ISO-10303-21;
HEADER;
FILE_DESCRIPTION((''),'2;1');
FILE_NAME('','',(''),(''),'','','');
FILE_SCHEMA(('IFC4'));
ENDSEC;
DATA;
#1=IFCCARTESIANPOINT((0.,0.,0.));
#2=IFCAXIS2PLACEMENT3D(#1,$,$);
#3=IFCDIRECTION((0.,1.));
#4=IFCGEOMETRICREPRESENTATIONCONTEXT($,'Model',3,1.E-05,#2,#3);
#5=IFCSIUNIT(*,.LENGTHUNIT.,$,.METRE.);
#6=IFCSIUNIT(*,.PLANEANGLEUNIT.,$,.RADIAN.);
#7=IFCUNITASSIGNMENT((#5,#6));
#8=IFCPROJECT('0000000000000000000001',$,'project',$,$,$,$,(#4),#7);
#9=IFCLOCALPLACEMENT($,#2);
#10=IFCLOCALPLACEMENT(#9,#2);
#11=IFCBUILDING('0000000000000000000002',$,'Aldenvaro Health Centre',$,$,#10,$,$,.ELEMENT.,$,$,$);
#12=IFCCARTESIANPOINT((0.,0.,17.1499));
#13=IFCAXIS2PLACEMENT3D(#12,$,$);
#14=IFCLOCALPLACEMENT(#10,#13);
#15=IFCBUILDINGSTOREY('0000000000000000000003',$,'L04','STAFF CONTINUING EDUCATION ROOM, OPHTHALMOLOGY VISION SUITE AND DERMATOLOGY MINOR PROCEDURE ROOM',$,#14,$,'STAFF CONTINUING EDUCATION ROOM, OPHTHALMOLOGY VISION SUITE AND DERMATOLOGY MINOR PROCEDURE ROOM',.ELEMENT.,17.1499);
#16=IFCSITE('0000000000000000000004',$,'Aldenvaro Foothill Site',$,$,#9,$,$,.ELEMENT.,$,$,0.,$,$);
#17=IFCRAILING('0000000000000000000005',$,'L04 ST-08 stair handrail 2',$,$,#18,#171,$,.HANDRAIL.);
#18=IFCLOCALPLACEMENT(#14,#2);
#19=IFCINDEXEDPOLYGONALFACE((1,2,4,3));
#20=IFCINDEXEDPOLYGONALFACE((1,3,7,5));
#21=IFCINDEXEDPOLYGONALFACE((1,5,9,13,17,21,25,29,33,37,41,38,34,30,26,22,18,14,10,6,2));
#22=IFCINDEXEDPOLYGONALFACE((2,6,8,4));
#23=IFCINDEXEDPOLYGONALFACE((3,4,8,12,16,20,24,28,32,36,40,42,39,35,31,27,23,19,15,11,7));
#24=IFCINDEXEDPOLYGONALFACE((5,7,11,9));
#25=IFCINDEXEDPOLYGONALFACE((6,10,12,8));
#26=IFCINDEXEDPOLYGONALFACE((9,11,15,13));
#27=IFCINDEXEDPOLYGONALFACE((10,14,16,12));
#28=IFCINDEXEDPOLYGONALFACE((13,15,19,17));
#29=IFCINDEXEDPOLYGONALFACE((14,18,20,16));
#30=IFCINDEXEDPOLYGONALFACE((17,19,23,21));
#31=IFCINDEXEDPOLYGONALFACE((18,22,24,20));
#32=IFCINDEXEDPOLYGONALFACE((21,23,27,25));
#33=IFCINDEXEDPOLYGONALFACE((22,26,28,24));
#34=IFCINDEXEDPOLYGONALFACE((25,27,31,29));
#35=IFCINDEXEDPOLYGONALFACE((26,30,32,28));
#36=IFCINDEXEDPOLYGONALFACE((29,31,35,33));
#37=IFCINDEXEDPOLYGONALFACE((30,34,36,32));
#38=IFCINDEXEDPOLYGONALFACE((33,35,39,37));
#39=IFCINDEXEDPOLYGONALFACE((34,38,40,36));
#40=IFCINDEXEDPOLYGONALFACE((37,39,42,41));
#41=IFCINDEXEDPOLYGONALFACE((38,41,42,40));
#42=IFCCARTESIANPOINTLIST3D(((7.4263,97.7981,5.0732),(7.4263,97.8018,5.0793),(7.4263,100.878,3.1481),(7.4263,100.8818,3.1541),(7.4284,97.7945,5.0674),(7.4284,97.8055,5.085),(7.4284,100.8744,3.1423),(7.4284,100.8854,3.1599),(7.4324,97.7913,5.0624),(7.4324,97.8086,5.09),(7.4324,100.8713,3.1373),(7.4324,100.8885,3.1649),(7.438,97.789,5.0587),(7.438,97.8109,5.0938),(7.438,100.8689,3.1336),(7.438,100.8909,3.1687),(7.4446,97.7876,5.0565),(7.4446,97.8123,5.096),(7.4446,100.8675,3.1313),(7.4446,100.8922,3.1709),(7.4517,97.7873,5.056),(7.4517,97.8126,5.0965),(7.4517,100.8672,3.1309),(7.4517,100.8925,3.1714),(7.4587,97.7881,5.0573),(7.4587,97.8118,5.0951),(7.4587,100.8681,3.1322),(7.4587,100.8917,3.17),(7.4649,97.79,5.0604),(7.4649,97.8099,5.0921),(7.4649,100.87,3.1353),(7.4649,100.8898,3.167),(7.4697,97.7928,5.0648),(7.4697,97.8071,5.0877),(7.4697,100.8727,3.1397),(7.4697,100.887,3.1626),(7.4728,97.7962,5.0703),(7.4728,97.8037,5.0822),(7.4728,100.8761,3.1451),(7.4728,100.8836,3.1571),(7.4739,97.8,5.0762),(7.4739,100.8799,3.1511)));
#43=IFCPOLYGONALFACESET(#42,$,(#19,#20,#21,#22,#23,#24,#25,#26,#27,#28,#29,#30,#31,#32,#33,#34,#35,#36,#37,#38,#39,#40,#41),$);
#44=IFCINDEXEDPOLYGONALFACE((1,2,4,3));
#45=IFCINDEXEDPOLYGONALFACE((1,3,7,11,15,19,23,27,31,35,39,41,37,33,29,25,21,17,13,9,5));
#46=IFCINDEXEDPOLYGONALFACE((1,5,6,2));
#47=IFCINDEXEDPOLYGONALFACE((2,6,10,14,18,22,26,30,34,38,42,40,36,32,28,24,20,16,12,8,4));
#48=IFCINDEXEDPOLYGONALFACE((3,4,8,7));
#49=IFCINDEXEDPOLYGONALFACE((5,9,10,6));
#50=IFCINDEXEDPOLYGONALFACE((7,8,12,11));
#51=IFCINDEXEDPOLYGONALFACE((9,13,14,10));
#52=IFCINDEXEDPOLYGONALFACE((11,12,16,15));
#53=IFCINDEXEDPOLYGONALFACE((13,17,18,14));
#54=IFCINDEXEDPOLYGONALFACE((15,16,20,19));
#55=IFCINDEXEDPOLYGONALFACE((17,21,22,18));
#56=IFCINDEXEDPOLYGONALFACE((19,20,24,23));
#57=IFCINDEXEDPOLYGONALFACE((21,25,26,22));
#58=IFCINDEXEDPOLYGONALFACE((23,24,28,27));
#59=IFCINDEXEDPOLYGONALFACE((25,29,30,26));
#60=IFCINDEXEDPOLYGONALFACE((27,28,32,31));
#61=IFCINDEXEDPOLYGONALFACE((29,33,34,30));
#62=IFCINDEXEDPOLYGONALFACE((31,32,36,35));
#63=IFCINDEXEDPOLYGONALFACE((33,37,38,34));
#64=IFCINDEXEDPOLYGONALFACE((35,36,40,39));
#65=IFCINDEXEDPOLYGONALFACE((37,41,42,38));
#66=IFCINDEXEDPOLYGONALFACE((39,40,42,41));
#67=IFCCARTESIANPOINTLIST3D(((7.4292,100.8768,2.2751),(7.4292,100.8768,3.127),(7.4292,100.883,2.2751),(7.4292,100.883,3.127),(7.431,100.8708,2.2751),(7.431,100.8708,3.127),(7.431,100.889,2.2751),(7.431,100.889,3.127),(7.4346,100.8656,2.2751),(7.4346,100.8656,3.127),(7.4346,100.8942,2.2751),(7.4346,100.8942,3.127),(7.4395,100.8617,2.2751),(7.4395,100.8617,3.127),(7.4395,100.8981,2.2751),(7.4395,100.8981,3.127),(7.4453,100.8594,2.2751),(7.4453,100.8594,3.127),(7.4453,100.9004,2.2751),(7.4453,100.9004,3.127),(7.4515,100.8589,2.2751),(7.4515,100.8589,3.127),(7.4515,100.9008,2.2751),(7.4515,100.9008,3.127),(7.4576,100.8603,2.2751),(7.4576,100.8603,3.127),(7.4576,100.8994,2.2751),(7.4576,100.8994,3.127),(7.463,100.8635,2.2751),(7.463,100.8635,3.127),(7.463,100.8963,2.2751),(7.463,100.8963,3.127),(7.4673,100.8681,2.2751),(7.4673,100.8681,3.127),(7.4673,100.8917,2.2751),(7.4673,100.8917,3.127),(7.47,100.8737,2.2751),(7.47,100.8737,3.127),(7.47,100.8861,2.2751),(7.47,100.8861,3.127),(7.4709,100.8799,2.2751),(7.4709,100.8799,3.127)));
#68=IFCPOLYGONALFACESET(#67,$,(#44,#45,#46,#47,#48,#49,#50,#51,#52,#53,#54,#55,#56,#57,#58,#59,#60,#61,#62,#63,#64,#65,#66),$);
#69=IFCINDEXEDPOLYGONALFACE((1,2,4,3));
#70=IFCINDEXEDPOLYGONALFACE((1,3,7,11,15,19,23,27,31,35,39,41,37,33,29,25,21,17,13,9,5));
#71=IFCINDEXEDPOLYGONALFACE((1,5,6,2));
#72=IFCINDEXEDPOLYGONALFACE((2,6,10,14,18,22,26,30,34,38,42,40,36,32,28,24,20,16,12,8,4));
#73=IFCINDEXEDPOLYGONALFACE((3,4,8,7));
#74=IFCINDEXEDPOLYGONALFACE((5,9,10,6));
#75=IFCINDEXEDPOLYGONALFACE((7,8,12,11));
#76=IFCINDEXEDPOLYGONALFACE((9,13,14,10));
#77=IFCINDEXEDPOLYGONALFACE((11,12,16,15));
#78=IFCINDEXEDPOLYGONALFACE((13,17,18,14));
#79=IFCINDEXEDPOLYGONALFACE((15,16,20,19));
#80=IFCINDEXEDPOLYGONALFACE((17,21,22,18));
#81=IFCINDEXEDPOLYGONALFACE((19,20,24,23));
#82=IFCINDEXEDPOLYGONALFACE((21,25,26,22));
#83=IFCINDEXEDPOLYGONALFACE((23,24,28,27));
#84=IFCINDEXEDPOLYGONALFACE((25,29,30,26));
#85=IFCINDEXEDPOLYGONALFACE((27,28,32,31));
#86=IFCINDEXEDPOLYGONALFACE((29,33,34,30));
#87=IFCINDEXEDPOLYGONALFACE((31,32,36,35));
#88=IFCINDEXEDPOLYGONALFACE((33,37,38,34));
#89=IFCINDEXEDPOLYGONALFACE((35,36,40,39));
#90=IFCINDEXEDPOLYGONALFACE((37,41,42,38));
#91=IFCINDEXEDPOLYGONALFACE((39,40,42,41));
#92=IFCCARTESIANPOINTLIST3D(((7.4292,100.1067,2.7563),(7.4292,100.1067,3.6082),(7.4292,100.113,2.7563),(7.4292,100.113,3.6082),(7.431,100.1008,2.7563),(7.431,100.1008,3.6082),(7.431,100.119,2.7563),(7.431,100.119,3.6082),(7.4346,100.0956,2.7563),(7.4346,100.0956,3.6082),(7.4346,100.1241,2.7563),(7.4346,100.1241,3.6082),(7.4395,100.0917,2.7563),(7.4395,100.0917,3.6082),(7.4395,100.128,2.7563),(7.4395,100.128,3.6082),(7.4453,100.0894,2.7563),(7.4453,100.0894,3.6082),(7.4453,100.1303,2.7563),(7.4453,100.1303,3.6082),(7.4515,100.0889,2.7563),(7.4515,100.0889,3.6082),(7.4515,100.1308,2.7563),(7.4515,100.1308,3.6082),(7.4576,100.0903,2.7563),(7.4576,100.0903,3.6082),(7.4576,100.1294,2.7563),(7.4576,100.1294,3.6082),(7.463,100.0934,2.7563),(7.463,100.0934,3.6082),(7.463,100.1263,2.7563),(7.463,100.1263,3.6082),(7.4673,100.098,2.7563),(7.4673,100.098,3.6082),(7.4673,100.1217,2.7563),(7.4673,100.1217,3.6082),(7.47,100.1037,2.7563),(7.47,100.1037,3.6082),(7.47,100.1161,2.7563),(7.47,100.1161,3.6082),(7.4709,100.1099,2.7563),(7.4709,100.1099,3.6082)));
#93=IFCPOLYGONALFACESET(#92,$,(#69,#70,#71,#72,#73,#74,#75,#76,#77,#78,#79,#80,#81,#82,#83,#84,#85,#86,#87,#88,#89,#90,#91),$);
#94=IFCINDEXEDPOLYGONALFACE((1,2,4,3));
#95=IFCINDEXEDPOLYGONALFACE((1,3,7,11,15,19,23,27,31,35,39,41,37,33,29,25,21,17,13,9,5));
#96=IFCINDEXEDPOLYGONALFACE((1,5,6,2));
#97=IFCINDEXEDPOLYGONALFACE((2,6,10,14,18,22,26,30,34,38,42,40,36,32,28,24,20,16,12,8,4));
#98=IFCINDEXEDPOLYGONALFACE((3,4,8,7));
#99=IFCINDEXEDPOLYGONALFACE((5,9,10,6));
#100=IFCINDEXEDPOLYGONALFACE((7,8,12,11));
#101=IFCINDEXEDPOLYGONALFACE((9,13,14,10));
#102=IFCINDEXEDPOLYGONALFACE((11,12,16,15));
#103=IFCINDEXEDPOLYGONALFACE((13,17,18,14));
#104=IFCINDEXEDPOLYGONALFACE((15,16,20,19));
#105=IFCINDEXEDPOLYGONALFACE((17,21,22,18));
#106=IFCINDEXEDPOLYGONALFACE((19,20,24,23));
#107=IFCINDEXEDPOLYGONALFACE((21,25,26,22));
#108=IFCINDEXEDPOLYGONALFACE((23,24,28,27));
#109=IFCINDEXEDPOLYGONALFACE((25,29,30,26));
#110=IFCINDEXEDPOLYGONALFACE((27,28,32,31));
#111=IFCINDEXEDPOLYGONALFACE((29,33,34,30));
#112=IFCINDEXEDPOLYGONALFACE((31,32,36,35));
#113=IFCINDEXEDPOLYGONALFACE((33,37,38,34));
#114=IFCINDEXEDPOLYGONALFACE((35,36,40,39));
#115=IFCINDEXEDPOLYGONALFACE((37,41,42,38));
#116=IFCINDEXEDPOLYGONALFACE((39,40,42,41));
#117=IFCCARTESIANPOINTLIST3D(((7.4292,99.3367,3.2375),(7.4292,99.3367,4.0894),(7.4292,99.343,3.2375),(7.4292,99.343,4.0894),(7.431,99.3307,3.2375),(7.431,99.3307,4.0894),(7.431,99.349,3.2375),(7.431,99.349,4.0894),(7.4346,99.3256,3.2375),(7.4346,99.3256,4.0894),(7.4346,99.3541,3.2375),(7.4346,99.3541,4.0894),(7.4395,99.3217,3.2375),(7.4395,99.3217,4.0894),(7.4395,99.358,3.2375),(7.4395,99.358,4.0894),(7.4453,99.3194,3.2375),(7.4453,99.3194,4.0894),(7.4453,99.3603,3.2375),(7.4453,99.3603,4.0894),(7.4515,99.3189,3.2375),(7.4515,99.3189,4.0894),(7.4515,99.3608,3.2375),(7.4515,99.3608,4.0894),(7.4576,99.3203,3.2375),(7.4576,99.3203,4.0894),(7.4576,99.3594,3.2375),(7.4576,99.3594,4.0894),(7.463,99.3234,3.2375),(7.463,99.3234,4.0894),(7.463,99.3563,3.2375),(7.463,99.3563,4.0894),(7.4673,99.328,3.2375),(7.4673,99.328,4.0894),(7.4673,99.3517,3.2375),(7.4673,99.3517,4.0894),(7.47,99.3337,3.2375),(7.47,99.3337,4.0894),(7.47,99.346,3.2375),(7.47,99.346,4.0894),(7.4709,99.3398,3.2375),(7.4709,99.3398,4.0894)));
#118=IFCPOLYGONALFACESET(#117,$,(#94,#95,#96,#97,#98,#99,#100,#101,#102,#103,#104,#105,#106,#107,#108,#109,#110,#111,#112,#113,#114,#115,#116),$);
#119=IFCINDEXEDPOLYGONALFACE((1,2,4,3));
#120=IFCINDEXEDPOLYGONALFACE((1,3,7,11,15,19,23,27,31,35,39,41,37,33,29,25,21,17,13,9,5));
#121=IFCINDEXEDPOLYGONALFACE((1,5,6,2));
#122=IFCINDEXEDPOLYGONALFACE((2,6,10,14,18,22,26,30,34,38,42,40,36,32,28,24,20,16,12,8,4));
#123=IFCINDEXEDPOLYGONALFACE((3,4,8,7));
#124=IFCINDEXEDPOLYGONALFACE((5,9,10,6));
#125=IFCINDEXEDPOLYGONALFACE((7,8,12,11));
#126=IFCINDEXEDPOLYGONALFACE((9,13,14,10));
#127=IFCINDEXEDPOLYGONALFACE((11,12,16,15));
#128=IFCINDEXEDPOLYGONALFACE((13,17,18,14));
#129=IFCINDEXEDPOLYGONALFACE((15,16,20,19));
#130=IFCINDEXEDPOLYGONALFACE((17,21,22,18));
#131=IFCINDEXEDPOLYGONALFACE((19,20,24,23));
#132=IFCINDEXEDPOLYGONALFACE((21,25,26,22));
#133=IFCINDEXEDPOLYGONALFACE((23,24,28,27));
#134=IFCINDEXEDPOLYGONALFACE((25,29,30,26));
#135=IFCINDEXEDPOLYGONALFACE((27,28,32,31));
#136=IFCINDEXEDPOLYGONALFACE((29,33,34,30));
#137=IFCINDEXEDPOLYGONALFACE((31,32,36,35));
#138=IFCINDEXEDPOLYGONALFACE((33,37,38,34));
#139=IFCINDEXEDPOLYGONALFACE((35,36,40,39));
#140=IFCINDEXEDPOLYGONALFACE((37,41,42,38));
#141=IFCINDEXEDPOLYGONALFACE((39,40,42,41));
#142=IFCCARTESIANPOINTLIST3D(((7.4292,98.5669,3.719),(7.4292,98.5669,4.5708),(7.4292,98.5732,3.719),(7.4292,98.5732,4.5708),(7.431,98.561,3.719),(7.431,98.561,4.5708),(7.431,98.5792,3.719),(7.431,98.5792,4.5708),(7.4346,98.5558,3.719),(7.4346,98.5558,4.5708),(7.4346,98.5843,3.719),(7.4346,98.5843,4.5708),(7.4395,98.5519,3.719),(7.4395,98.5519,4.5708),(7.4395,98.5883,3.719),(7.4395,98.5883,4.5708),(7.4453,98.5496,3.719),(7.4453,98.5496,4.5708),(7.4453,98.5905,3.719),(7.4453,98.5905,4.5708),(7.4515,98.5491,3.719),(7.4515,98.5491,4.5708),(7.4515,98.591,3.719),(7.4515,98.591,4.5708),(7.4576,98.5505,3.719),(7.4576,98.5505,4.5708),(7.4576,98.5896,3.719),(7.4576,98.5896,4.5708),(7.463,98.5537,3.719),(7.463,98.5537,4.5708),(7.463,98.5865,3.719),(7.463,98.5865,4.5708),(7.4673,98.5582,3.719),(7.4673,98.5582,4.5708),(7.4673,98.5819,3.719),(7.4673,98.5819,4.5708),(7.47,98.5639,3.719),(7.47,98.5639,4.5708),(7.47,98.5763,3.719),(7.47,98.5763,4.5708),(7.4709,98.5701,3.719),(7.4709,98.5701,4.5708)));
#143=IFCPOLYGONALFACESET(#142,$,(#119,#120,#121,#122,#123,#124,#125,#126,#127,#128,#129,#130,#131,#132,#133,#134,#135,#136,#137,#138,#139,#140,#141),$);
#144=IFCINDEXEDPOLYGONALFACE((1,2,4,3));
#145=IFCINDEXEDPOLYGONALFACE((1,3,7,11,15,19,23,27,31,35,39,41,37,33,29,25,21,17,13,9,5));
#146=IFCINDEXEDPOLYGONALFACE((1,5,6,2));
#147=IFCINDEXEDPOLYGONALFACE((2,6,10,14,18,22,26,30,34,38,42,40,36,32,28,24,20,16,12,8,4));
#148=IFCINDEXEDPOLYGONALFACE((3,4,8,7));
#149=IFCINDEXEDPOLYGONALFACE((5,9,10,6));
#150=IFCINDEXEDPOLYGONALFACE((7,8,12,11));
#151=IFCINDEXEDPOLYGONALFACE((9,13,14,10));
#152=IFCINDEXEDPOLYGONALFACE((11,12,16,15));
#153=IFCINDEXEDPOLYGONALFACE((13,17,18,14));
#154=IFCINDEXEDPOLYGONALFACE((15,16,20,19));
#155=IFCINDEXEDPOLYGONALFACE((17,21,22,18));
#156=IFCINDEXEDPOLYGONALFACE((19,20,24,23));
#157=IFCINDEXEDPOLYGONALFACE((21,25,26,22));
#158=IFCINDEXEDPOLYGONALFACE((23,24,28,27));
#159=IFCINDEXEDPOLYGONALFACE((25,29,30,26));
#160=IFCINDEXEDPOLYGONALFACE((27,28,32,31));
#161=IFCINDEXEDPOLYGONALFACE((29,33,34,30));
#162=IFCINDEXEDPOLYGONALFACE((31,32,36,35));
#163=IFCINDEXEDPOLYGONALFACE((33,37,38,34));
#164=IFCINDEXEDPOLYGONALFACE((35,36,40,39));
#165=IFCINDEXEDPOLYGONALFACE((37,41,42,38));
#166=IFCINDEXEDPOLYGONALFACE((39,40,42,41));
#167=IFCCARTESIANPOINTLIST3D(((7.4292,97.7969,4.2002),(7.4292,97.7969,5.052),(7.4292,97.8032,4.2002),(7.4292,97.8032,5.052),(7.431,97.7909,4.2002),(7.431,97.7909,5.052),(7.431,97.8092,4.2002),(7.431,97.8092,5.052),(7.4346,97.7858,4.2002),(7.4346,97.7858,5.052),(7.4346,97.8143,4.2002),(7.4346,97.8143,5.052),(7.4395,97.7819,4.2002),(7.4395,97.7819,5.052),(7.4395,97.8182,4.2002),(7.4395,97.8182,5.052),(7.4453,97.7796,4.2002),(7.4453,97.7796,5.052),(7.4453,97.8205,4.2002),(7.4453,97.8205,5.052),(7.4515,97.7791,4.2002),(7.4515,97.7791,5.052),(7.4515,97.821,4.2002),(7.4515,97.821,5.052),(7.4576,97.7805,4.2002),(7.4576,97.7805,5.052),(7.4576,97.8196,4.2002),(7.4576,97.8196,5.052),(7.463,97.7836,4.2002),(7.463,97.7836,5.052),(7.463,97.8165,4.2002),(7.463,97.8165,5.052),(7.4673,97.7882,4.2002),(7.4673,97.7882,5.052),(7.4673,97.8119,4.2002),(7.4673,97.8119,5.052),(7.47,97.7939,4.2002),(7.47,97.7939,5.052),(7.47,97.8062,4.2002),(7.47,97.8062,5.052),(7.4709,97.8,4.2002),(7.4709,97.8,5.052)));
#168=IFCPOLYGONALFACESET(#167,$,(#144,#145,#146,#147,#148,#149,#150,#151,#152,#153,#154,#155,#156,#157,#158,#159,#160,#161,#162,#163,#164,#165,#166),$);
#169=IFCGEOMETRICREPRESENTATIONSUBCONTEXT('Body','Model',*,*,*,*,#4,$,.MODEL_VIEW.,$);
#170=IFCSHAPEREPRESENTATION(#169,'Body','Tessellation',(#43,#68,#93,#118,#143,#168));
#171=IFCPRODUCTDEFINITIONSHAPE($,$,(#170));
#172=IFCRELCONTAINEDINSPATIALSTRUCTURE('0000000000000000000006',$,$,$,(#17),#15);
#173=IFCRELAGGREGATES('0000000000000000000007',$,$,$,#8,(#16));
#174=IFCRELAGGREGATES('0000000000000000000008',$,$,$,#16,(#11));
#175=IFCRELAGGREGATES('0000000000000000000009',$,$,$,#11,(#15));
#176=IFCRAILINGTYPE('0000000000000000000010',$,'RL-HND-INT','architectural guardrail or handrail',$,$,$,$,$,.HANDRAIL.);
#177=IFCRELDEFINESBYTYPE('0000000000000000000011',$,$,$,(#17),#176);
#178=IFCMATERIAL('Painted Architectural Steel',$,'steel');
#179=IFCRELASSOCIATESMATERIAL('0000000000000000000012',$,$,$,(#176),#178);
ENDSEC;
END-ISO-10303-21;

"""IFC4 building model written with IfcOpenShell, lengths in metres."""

from ifc_helpers import new_model, si_unit, direction, frame, origin, origin_2d, place, context, subcontext, project, spatial, circle, extrude, material, type_object, element, save


model = new_model("IFC4")

# Units and contexts
model_context = context("Model", 3, precision=1e-05, world=origin(), true_north=direction((0.0, 1.0)))
body_context = subcontext(model_context, "Body", "Model", "MODEL_VIEW")
ifc_project = project(units=[si_unit("LENGTHUNIT", "METRE"), si_unit("PLANEANGLEUNIT", "RADIAN")], contexts=[model_context])

# Site, building, storey
site_placement = place(None, origin())
site = spatial("IfcSite", under=ifc_project, at=site_placement, Name="Aldenvaro Foothill Site", CompositionType="ELEMENT", RefElevation=0.0)
building_placement = place(site_placement, origin())
building = spatial("IfcBuilding", under=site, at=building_placement, Name="Aldenvaro Health Centre", CompositionType="ELEMENT")
storey_placement = place(building_placement, frame((0.0, 0.0, 17.1499)))
storey = spatial("IfcBuildingStorey", under=building, at=storey_placement, Name="L04", Description="STAFF CONTINUING EDUCATION ROOM, OPHTHALMOLOGY VISION SUITE AND DERMATOLOGY MINOR PROCEDURE ROOM", LongName="STAFF CONTINUING EDUCATION ROOM, OPHTHALMOLOGY VISION SUITE AND DERMATOLOGY MINOR PROCEDURE ROOM", CompositionType="ELEMENT", Elevation=17.1499)

# Railing
ifc_material_1 = material(Name="Painted Architectural Steel", Category="steel")
railing_type_1 = type_object("IfcRailingType", Name="RL-HND-INT", Description="architectural guardrail or handrail", PredefinedType="HANDRAIL", material=ifc_material_1)
railing_1_placement = place(storey_placement, frame((7.45, 100.8799, 2.2751)))
element("IfcRailing", 1, at=railing_1_placement, inside=storey, type_object=railing_type_1, Name="L04 ST-08 stair handrail 2", PredefinedType="HANDRAIL", context=body_context, shape_type="SweptSolid", body=[
    extrude(circle(Radius=0.0239, at=origin_2d()), frame((0.0, 0.0, 0.876), z_axis=(0.0, -0.847979, 0.530029), x_axis=(1.0, 0.0, 0.0)), (0.0, 0.0, 1.0), 3.6321),
    extrude(circle(Radius=0.021, at=origin_2d()), origin(), (0.0, 0.0, 1.0), 0.8518),
    extrude(circle(Radius=0.021, at=origin_2d()), frame((0.0, -0.77, 0.4812)), (0.0, 0.0, 1.0), 0.8518),
    extrude(circle(Radius=0.021, at=origin_2d()), frame((0.0, -1.54, 0.9624)), (0.0, 0.0, 1.0), 0.8518),
    extrude(circle(Radius=0.021, at=origin_2d()), frame((0.0, -2.3098, 1.4438)), (0.0, 0.0, 1.0), 0.8518),
    extrude(circle(Radius=0.021, at=origin_2d()), frame((0.0, -3.0798, 1.925)), (0.0, 0.0, 1.0), 0.8518),
])

save(model, "model.ifc")
